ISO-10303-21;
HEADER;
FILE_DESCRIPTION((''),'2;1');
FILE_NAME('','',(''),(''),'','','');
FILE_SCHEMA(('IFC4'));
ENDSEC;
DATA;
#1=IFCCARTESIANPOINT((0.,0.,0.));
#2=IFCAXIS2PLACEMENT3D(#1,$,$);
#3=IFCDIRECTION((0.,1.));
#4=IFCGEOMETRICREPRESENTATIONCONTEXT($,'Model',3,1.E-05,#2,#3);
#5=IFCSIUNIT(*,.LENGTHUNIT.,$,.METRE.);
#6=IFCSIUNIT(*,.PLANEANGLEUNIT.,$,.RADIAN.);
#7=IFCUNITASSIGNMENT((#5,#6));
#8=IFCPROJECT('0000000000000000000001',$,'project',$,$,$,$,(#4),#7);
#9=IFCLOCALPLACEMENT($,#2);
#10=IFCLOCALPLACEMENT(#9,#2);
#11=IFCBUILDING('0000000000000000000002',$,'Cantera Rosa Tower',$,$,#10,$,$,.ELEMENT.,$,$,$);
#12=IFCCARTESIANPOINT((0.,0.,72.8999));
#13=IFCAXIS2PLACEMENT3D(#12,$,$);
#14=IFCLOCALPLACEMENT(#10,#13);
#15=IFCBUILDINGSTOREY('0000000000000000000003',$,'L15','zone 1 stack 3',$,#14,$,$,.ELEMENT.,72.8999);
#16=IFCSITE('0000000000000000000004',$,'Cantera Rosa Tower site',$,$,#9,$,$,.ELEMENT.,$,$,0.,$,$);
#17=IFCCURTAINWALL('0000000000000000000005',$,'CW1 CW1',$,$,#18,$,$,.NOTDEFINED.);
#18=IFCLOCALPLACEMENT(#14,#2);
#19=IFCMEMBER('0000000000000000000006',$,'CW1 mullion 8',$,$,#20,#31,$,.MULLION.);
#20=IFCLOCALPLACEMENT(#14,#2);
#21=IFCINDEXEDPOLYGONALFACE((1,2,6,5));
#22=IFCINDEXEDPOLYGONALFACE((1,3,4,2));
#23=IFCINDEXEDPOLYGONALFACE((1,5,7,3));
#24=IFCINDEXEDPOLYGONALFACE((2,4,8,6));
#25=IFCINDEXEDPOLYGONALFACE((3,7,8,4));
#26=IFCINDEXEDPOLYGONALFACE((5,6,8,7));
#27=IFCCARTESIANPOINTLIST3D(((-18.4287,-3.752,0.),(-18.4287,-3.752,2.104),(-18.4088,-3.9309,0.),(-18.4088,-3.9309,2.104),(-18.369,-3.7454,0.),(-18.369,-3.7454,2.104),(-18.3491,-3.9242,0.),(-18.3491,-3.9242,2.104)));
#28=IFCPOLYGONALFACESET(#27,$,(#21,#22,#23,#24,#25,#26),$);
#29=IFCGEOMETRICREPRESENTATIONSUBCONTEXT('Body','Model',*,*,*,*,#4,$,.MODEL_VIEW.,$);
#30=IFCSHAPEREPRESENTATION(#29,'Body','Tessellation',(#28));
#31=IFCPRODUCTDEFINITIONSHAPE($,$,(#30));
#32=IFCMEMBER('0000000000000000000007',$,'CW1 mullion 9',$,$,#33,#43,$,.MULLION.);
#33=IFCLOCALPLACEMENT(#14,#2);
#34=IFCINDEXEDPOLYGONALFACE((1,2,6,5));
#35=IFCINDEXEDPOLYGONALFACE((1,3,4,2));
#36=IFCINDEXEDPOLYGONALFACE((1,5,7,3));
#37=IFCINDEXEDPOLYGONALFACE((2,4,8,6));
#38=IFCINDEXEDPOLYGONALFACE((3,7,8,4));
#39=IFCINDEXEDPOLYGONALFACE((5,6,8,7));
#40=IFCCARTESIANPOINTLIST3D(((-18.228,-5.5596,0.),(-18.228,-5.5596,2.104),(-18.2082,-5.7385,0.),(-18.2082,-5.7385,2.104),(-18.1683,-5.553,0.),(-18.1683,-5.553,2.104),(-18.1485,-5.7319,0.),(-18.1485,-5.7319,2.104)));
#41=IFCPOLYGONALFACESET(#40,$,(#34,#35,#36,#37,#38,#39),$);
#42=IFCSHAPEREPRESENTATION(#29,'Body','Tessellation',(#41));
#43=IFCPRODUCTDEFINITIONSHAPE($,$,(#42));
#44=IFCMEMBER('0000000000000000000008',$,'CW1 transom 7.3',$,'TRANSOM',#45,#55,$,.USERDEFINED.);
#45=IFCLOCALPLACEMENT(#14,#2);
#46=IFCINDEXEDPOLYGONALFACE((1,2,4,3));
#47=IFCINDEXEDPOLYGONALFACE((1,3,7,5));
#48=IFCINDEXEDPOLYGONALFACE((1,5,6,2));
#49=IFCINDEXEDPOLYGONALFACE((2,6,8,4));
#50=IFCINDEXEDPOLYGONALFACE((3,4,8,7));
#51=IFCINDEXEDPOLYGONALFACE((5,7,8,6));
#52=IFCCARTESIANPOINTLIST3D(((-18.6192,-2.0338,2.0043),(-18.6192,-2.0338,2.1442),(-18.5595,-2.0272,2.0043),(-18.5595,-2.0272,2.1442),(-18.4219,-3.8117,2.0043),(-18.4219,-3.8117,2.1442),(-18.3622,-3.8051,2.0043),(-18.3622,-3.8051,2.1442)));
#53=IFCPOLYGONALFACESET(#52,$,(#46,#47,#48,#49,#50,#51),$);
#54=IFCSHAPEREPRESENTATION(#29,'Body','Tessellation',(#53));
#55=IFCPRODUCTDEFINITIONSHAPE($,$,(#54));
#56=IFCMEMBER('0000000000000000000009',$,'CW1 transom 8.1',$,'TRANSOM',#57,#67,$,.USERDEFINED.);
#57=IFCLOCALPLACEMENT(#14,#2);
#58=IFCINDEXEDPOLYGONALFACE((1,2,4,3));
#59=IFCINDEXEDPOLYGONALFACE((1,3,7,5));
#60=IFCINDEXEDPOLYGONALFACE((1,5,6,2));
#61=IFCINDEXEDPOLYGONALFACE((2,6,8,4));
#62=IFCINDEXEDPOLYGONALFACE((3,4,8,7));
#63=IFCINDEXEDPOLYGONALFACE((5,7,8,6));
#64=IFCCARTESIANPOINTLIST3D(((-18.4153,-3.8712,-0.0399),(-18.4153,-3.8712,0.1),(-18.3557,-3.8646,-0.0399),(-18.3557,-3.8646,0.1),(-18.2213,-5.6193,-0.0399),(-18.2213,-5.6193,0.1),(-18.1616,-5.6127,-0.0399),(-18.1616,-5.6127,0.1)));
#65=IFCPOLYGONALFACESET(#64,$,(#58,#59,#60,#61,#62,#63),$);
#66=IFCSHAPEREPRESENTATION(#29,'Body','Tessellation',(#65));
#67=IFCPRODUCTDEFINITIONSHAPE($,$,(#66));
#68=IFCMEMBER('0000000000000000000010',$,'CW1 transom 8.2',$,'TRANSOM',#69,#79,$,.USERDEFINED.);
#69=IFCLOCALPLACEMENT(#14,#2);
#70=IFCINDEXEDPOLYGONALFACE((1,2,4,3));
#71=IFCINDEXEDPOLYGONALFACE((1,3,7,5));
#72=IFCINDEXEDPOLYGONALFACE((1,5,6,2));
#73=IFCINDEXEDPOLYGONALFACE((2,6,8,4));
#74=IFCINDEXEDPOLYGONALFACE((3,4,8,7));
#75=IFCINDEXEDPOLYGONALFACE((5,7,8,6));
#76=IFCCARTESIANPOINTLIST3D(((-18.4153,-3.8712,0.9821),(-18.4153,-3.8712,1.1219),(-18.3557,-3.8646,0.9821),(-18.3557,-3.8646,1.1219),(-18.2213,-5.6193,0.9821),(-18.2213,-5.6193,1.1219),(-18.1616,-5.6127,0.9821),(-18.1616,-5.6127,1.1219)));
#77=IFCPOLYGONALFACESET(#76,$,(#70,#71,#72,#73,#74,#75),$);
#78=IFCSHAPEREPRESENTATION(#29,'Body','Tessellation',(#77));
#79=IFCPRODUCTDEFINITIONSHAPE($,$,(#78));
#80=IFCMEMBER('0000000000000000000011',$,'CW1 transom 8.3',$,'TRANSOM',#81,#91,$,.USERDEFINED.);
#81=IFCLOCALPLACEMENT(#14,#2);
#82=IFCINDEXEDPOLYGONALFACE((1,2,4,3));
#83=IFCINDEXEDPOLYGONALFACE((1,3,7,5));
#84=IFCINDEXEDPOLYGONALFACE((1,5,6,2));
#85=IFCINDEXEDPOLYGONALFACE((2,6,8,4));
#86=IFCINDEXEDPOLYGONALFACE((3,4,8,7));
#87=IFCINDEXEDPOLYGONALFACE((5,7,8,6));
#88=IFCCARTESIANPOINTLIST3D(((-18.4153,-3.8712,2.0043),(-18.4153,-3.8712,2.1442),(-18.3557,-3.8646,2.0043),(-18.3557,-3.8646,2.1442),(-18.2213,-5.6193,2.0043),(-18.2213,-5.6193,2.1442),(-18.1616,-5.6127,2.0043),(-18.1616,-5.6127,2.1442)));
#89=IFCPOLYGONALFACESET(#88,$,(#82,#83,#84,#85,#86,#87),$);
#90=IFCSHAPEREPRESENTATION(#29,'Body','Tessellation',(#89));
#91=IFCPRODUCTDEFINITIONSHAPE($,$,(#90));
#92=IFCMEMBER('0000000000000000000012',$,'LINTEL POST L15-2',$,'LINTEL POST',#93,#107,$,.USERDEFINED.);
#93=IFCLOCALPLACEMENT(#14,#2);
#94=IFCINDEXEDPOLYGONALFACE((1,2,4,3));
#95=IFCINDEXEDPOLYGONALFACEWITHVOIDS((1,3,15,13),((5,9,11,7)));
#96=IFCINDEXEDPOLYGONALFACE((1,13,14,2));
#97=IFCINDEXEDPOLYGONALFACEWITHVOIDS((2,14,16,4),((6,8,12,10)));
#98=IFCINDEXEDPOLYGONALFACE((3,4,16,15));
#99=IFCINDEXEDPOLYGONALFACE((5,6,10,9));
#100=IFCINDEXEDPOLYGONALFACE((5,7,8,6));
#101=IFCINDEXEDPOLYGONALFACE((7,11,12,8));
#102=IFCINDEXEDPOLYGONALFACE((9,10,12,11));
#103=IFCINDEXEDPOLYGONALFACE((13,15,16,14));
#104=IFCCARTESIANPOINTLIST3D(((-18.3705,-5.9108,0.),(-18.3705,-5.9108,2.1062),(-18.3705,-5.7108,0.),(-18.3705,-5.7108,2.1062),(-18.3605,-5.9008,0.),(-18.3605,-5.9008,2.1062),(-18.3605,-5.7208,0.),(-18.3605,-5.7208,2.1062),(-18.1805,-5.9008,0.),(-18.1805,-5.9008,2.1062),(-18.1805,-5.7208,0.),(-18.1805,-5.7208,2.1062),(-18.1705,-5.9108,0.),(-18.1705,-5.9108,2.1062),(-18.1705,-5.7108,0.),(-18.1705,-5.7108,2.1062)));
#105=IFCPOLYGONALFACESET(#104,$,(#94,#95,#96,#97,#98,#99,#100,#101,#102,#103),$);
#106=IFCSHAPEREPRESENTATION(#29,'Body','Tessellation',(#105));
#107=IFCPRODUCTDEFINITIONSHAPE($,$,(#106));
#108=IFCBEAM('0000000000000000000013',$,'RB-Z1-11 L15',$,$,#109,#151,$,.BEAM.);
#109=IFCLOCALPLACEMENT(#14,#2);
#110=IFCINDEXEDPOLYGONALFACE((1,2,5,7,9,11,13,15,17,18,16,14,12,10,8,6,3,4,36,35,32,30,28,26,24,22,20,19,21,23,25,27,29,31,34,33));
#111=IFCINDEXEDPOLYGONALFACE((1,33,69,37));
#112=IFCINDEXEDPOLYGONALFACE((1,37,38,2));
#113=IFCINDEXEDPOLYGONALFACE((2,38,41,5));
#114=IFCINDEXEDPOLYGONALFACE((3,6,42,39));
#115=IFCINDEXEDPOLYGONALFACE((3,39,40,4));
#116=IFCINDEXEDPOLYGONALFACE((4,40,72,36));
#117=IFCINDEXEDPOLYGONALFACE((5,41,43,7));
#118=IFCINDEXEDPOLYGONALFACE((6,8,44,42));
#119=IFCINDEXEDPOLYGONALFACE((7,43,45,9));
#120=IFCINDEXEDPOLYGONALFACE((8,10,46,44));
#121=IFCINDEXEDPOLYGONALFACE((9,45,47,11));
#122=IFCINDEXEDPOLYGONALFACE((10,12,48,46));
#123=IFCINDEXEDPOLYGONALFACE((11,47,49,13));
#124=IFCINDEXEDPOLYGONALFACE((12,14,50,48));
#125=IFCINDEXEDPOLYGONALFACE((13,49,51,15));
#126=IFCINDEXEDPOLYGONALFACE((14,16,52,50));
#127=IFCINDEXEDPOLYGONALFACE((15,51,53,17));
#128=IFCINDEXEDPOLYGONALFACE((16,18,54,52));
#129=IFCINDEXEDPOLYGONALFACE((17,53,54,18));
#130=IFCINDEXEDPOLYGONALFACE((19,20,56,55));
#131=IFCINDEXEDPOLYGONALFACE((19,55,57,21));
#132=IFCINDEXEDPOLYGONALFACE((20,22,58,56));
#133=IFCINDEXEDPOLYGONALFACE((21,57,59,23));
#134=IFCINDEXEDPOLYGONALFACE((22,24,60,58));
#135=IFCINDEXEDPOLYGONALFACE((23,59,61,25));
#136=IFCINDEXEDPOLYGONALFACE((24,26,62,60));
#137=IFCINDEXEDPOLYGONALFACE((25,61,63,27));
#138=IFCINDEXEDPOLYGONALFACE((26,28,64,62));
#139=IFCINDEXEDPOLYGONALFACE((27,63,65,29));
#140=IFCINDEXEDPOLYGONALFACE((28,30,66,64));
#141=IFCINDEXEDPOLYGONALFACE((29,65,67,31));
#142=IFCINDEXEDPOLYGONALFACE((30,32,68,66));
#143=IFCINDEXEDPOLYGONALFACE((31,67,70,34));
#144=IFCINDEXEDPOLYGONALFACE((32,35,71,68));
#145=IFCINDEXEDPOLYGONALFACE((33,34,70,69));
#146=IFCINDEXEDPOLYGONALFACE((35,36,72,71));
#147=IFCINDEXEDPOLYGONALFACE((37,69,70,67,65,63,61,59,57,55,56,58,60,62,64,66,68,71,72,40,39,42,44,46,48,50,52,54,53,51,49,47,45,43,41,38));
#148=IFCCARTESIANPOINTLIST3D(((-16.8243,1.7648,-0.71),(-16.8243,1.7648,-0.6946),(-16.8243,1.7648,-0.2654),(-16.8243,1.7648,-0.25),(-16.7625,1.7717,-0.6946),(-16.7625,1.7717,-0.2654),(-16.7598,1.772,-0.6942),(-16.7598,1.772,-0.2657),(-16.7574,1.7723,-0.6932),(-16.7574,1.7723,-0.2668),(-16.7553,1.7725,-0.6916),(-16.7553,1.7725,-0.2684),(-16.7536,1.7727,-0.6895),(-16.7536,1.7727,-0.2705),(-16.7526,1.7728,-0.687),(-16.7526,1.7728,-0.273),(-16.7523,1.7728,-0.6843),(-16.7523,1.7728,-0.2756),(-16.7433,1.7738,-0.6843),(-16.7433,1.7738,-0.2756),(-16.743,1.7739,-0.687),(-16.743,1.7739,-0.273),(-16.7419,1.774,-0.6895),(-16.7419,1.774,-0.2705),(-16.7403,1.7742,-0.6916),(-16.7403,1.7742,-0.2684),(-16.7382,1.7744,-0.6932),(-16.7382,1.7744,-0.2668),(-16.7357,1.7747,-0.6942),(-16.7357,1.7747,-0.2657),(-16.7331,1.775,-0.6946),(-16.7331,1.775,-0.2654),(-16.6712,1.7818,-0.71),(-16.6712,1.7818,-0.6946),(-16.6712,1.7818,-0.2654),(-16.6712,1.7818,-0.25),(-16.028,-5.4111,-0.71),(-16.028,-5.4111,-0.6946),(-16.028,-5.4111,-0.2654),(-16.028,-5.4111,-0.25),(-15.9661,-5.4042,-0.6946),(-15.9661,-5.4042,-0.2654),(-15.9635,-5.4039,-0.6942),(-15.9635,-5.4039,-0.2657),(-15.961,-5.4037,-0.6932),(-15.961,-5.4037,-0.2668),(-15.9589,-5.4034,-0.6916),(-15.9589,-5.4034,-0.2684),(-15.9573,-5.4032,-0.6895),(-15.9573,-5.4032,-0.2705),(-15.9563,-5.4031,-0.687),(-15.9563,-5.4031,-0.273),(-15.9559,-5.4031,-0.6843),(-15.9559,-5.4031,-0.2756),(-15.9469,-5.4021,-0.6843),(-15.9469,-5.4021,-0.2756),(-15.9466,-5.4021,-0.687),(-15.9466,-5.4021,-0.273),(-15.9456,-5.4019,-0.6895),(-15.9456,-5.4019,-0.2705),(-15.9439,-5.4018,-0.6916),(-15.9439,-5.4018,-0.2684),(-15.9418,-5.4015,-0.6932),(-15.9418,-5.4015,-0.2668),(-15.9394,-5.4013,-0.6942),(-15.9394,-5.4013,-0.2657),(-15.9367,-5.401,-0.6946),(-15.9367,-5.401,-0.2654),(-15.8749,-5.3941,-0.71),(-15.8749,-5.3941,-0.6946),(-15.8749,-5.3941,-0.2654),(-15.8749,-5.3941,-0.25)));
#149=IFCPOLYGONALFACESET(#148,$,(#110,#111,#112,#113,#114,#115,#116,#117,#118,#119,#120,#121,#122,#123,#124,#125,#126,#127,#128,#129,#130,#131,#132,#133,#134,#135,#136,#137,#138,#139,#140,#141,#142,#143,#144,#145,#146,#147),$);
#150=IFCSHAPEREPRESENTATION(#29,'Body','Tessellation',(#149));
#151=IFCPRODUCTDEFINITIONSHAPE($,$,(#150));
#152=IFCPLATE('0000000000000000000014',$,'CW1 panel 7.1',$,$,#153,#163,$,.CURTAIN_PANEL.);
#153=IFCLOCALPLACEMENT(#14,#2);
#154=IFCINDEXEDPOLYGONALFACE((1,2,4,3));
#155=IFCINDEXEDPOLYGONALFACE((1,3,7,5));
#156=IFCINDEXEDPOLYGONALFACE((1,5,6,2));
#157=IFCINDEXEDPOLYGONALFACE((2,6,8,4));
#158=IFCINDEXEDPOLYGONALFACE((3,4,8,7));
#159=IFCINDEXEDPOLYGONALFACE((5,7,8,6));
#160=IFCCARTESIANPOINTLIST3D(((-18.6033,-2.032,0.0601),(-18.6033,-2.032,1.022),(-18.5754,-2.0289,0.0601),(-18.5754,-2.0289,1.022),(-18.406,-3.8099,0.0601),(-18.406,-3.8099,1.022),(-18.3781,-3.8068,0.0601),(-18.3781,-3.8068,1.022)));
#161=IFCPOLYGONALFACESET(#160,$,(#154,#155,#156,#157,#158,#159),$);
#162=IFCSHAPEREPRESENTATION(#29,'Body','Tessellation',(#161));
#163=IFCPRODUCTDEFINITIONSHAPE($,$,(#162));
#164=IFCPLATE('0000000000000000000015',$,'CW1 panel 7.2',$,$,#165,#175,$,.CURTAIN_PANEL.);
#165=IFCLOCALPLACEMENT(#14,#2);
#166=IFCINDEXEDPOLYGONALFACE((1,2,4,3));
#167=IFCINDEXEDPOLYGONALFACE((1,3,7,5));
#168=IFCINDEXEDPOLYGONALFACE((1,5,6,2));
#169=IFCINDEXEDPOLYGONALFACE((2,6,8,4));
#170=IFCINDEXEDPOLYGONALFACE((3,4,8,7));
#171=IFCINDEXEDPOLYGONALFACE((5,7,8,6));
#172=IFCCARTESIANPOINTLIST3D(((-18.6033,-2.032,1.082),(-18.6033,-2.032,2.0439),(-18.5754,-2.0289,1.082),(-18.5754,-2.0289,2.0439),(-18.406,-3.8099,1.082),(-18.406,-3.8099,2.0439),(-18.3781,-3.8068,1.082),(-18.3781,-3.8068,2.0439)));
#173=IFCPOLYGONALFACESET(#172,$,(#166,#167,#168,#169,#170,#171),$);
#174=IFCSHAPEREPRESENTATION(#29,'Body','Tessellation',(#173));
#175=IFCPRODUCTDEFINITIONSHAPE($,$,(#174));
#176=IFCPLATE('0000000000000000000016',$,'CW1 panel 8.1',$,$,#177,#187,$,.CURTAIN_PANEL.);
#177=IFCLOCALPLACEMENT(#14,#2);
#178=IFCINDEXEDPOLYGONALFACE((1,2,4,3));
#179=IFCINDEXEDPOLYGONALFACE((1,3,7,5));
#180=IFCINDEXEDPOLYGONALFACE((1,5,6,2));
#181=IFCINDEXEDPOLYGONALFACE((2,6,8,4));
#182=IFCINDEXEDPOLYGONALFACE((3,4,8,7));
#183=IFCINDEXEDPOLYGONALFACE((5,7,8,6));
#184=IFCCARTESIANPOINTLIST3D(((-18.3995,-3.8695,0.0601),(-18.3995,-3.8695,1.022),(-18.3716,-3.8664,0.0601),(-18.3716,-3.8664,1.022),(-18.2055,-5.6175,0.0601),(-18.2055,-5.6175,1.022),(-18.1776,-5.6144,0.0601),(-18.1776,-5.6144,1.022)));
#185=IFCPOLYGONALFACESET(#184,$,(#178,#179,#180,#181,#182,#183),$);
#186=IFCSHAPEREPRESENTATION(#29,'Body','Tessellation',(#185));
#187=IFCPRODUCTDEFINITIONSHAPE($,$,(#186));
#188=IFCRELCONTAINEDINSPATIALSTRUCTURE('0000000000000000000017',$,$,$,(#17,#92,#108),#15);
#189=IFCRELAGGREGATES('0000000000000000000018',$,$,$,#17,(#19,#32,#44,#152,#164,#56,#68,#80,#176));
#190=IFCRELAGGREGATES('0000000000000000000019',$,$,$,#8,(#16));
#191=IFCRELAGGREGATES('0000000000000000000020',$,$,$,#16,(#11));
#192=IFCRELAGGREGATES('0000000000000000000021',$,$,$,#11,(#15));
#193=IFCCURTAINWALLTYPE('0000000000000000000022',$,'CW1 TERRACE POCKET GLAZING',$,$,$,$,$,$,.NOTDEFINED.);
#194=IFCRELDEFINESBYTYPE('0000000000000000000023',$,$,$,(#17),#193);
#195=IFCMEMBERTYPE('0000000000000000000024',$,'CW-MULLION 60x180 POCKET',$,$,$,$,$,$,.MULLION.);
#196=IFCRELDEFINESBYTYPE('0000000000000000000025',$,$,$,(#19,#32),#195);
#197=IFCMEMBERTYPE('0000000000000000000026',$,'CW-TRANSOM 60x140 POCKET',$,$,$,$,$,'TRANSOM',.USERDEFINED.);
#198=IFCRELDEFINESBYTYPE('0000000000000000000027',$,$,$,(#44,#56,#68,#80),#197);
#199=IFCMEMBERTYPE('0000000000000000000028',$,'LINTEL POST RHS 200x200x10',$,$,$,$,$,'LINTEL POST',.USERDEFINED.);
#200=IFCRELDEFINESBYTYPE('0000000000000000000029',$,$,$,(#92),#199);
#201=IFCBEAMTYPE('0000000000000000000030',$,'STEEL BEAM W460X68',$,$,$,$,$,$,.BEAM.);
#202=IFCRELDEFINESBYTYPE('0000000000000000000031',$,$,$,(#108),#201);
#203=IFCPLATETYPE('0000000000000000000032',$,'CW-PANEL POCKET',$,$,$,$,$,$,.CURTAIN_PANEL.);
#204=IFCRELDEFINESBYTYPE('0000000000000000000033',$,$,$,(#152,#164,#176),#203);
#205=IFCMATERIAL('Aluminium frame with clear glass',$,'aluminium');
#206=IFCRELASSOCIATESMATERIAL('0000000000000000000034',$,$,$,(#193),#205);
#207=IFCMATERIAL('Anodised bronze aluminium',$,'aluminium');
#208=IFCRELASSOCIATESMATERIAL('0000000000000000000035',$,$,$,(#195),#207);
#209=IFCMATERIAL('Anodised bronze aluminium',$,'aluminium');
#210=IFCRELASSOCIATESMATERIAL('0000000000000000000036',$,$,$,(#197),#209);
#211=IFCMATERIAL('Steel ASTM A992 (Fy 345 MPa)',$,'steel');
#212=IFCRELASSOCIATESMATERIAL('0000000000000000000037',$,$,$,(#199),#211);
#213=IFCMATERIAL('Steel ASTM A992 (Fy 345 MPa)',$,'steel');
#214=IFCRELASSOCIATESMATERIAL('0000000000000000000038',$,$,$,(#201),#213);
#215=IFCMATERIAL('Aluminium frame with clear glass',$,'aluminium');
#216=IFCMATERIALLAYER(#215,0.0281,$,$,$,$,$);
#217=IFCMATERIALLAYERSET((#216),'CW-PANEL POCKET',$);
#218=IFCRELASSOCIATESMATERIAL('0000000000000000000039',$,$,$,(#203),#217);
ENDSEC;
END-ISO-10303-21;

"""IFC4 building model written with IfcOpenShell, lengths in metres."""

from ifc_helpers import new_model, si_unit, direction, frame, origin, origin_2d, place, context, subcontext, project, spatial, rectangle, hollow_rectangle, i_section, extrude, material, layer, layer_set, material_profile, profile_set, type_object, element, aggregate, save


model = new_model("IFC4")

# Units and contexts
model_context = context("Model", 3, precision=1e-05, world=origin(), true_north=direction((0.0, 1.0)))
body_context = subcontext(model_context, "Body", "Model", "MODEL_VIEW")
ifc_project = project(units=[si_unit("LENGTHUNIT", "METRE"), si_unit("PLANEANGLEUNIT", "RADIAN")], contexts=[model_context])

# Site, building, storey
site_placement = place(None, origin())
site = spatial("IfcSite", under=ifc_project, at=site_placement, Name="Cantera Rosa Tower site", CompositionType="ELEMENT", RefElevation=0.0)
building_placement = place(site_placement, origin())
building = spatial("IfcBuilding", under=site, at=building_placement, Name="Cantera Rosa Tower", CompositionType="ELEMENT")
storey_placement = place(building_placement, frame((0.0, 0.0, 72.8999)))
storey = spatial("IfcBuildingStorey", under=building, at=storey_placement, Name="L15", Description="zone 1 stack 3", CompositionType="ELEMENT", Elevation=72.8999)

# Curtain wall, members
ifc_material_1 = material(Name="Aluminium frame with clear glass", Category="aluminium")
curtain_wall_type = type_object("IfcCurtainWallType", Name="CW1 TERRACE POCKET GLAZING", PredefinedType="NOTDEFINED", material=ifc_material_1)
curtain_wall_placement = place(storey_placement, origin())
curtain_wall = element("IfcCurtainWall", 1, at=curtain_wall_placement, inside=storey, type_object=curtain_wall_type, Name="CW1 CW1", PredefinedType="NOTDEFINED")
ifc_material_2 = material(Name="Anodised bronze aluminium", Category="aluminium")
ifc_material_profile_1 = material_profile(ifc_material_2, rectangle(XDim=0.0601, YDim=0.1799, at=origin_2d()), Name="CW-MULLION 60x180 POCKET")
ifc_profile_set_1 = profile_set([ifc_material_profile_1], Name="Anodised bronze aluminium")
member_type_1 = type_object("IfcMemberType", Name="CW-MULLION 60x180 POCKET", PredefinedType="MULLION", material=ifc_profile_set_1)
member_1_placement = place(storey_placement, frame((-18.3889, -3.8381, 0.0), z_axis=(0.0, 0.0, 1.0), x_axis=(0.993897, 0.110313, 0.0)))
member_1 = element("IfcMember", 2, at=member_1_placement, type_object=member_type_1, Name="CW1 mullion 8", PredefinedType="MULLION", context=body_context, shape_type="SweptSolid", body=[
    extrude(rectangle(XDim=0.0601, YDim=0.1799, at=origin_2d()), origin(), (0.0, 0.0, 1.0), 2.104),
])
member_2_placement = place(storey_placement, frame((-18.1882, -5.6458, 0.0), z_axis=(0.0, 0.0, 1.0), x_axis=(0.993897, 0.110313, 0.0)))
member_2 = element("IfcMember", 3, at=member_2_placement, type_object=member_type_1, Name="CW1 mullion 9", PredefinedType="MULLION", context=body_context, shape_type="SweptSolid", body=[
    extrude(rectangle(XDim=0.0601, YDim=0.1799, at=origin_2d()), origin(), (0.0, 0.0, 1.0), 2.104),
])
ifc_material_3 = material(Name="Anodised bronze aluminium", Category="aluminium")
ifc_material_profile_2 = material_profile(ifc_material_3, rectangle(XDim=0.0601, YDim=0.1399, at=origin_2d()), Name="CW-TRANSOM 60x140 POCKET")
ifc_profile_set_2 = profile_set([ifc_material_profile_2], Name="Anodised bronze aluminium")
member_type_2 = type_object("IfcMemberType", Name="CW-TRANSOM 60x140 POCKET", ElementType="TRANSOM", PredefinedType="USERDEFINED", material=ifc_profile_set_2)
member_3_placement = place(storey_placement, frame((-18.5894, -2.0305, 2.0742), z_axis=(0.110282, -0.9939, 0.0), x_axis=(0.9939, 0.110282, 0.0)))
member_3 = element("IfcMember", 4, at=member_3_placement, type_object=member_type_2, Name="CW1 transom 7.3", ObjectType="TRANSOM", PredefinedType="USERDEFINED", context=body_context, shape_type="SweptSolid", body=[
    extrude(rectangle(XDim=0.0601, YDim=0.1399, at=origin_2d()), origin(), (0.0, 0.0, 1.0), 1.7888),
])
member_4_placement = place(storey_placement, frame((-18.3855, -3.8679, 0.03), z_axis=(0.110355, -0.993892, 0.0), x_axis=(0.993892, 0.110355, 0.0)))
member_4 = element("IfcMember", 5, at=member_4_placement, type_object=member_type_2, Name="CW1 transom 8.1", ObjectType="TRANSOM", PredefinedType="USERDEFINED", context=body_context, shape_type="SweptSolid", body=[
    extrude(rectangle(XDim=0.0601, YDim=0.1399, at=origin_2d()), origin(), (0.0, 0.0, 1.0), 1.7588),
])
member_5_placement = place(storey_placement, frame((-18.3855, -3.8679, 1.052), z_axis=(0.110355, -0.993892, 0.0), x_axis=(0.993892, 0.110355, 0.0)))
member_5 = element("IfcMember", 6, at=member_5_placement, type_object=member_type_2, Name="CW1 transom 8.2", ObjectType="TRANSOM", PredefinedType="USERDEFINED", context=body_context, shape_type="SweptSolid", body=[
    extrude(rectangle(XDim=0.0601, YDim=0.1399, at=origin_2d()), origin(), (0.0, 0.0, 1.0), 1.7588),
])
member_6_placement = place(storey_placement, frame((-18.3855, -3.8679, 2.0742), z_axis=(0.110355, -0.993892, 0.0), x_axis=(0.993892, 0.110355, 0.0)))
member_6 = element("IfcMember", 7, at=member_6_placement, type_object=member_type_2, Name="CW1 transom 8.3", ObjectType="TRANSOM", PredefinedType="USERDEFINED", context=body_context, shape_type="SweptSolid", body=[
    extrude(rectangle(XDim=0.0601, YDim=0.1399, at=origin_2d()), origin(), (0.0, 0.0, 1.0), 1.7588),
])

# Member
ifc_material_4 = material(Name="Steel ASTM A992 (Fy 345 MPa)", Category="steel")
ifc_material_profile_3 = material_profile(ifc_material_4, hollow_rectangle(XDim=0.2, YDim=0.2, WallThickness=0.01, at=origin_2d()), Name="LINTEL POST RHS 200x200x10")
ifc_profile_set_3 = profile_set([ifc_material_profile_3], Name="Steel ASTM A992 (Fy 345 MPa)")
member_type_3 = type_object("IfcMemberType", Name="LINTEL POST RHS 200x200x10", ElementType="LINTEL POST", PredefinedType="USERDEFINED", material=ifc_profile_set_3)
member_7_placement = place(storey_placement, frame((-18.2705, -5.8108, 0.0), z_axis=(0.0, 0.0, 1.0), x_axis=(1.0, 0.0, 0.0)))
element("IfcMember", 8, at=member_7_placement, inside=storey, type_object=member_type_3, Name="LINTEL POST L15-2", ObjectType="LINTEL POST", PredefinedType="USERDEFINED", context=body_context, shape_type="SweptSolid", body=[
    extrude(hollow_rectangle(XDim=0.2, YDim=0.2, WallThickness=0.01, at=origin_2d()), origin(), (0.0, 0.0, 1.0), 2.1062),
])

# Beam
ifc_material_5 = material(Name="Steel ASTM A992 (Fy 345 MPa)", Category="steel")
ifc_material_profile_4 = material_profile(ifc_material_5, i_section(OverallWidth=0.1541, OverallDepth=0.46, WebThickness=0.009, FlangeThickness=0.0154, FilletRadius=0.0103, at=origin_2d()), Name="W460X68")
ifc_profile_set_4 = profile_set([ifc_material_profile_4], Name="Steel ASTM A992 (Fy 345 MPa)")
beam_type = type_object("IfcBeamType", Name="STEEL BEAM W460X68", PredefinedType="BEAM", material=ifc_profile_set_4)
beam_placement = place(storey_placement, frame((-15.9514, -5.4026, -0.48), z_axis=(-0.110302, 0.993898, 0.0), x_axis=(-0.993898, -0.110302, 0.0)))
element("IfcBeam", 9, at=beam_placement, inside=storey, type_object=beam_type, Name="RB-Z1-11 L15", PredefinedType="BEAM", context=body_context, shape_type="SweptSolid", body=[
    extrude(i_section(OverallWidth=0.1541, OverallDepth=0.46, WebThickness=0.009, FlangeThickness=0.0154, FilletRadius=0.0103, at=origin_2d()), origin(), (0.0, 0.0, 1.0), 7.22),
])

# Plates
ifc_material_6 = material(Name="Aluminium frame with clear glass", Category="aluminium")
ifc_layer_1 = layer(ifc_material_6, 0.0281)
ifc_layer_set_1 = layer_set([ifc_layer_1], Name="CW-PANEL POCKET")
plate_type = type_object("IfcPlateType", Name="CW-PANEL POCKET", PredefinedType="CURTAIN_PANEL", material=ifc_layer_set_1)
plate_1_placement = place(storey_placement, frame((-18.4907, -2.9194, 0.0601), z_axis=(0.0, 0.0, 1.0), x_axis=(0.110313, -0.993897, 0.0)))
plate_1 = element("IfcPlate", 10, at=plate_1_placement, type_object=plate_type, Name="CW1 panel 7.1", PredefinedType="CURTAIN_PANEL", context=body_context, shape_type="SweptSolid", body=[
    extrude(rectangle(XDim=1.7888, YDim=0.0281, at=origin_2d()), origin(), (0.0, 0.0, 1.0), 0.9619),
])
plate_2_placement = place(storey_placement, frame((-18.4907, -2.9194, 1.082), z_axis=(0.0, 0.0, 1.0), x_axis=(0.110313, -0.993897, 0.0)))
plate_2 = element("IfcPlate", 11, at=plate_2_placement, type_object=plate_type, Name="CW1 panel 7.2", PredefinedType="CURTAIN_PANEL", context=body_context, shape_type="SweptSolid", body=[
    extrude(rectangle(XDim=1.7888, YDim=0.0281, at=origin_2d()), origin(), (0.0, 0.0, 1.0), 0.9619),
])
plate_3_placement = place(storey_placement, frame((-18.2886, -4.7419, 0.0601), z_axis=(0.0, 0.0, 1.0), x_axis=(0.110313, -0.993897, 0.0)))
plate_3 = element("IfcPlate", 12, at=plate_3_placement, type_object=plate_type, Name="CW1 panel 8.1", PredefinedType="CURTAIN_PANEL", context=body_context, shape_type="SweptSolid", body=[
    extrude(rectangle(XDim=1.7588, YDim=0.0281, at=origin_2d()), origin(), (0.0, 0.0, 1.0), 0.9619),
])
aggregate(curtain_wall, [member_1, member_2, member_3, plate_1, plate_2, member_4, member_5, member_6, plate_3])

save(model, "model.ifc")
